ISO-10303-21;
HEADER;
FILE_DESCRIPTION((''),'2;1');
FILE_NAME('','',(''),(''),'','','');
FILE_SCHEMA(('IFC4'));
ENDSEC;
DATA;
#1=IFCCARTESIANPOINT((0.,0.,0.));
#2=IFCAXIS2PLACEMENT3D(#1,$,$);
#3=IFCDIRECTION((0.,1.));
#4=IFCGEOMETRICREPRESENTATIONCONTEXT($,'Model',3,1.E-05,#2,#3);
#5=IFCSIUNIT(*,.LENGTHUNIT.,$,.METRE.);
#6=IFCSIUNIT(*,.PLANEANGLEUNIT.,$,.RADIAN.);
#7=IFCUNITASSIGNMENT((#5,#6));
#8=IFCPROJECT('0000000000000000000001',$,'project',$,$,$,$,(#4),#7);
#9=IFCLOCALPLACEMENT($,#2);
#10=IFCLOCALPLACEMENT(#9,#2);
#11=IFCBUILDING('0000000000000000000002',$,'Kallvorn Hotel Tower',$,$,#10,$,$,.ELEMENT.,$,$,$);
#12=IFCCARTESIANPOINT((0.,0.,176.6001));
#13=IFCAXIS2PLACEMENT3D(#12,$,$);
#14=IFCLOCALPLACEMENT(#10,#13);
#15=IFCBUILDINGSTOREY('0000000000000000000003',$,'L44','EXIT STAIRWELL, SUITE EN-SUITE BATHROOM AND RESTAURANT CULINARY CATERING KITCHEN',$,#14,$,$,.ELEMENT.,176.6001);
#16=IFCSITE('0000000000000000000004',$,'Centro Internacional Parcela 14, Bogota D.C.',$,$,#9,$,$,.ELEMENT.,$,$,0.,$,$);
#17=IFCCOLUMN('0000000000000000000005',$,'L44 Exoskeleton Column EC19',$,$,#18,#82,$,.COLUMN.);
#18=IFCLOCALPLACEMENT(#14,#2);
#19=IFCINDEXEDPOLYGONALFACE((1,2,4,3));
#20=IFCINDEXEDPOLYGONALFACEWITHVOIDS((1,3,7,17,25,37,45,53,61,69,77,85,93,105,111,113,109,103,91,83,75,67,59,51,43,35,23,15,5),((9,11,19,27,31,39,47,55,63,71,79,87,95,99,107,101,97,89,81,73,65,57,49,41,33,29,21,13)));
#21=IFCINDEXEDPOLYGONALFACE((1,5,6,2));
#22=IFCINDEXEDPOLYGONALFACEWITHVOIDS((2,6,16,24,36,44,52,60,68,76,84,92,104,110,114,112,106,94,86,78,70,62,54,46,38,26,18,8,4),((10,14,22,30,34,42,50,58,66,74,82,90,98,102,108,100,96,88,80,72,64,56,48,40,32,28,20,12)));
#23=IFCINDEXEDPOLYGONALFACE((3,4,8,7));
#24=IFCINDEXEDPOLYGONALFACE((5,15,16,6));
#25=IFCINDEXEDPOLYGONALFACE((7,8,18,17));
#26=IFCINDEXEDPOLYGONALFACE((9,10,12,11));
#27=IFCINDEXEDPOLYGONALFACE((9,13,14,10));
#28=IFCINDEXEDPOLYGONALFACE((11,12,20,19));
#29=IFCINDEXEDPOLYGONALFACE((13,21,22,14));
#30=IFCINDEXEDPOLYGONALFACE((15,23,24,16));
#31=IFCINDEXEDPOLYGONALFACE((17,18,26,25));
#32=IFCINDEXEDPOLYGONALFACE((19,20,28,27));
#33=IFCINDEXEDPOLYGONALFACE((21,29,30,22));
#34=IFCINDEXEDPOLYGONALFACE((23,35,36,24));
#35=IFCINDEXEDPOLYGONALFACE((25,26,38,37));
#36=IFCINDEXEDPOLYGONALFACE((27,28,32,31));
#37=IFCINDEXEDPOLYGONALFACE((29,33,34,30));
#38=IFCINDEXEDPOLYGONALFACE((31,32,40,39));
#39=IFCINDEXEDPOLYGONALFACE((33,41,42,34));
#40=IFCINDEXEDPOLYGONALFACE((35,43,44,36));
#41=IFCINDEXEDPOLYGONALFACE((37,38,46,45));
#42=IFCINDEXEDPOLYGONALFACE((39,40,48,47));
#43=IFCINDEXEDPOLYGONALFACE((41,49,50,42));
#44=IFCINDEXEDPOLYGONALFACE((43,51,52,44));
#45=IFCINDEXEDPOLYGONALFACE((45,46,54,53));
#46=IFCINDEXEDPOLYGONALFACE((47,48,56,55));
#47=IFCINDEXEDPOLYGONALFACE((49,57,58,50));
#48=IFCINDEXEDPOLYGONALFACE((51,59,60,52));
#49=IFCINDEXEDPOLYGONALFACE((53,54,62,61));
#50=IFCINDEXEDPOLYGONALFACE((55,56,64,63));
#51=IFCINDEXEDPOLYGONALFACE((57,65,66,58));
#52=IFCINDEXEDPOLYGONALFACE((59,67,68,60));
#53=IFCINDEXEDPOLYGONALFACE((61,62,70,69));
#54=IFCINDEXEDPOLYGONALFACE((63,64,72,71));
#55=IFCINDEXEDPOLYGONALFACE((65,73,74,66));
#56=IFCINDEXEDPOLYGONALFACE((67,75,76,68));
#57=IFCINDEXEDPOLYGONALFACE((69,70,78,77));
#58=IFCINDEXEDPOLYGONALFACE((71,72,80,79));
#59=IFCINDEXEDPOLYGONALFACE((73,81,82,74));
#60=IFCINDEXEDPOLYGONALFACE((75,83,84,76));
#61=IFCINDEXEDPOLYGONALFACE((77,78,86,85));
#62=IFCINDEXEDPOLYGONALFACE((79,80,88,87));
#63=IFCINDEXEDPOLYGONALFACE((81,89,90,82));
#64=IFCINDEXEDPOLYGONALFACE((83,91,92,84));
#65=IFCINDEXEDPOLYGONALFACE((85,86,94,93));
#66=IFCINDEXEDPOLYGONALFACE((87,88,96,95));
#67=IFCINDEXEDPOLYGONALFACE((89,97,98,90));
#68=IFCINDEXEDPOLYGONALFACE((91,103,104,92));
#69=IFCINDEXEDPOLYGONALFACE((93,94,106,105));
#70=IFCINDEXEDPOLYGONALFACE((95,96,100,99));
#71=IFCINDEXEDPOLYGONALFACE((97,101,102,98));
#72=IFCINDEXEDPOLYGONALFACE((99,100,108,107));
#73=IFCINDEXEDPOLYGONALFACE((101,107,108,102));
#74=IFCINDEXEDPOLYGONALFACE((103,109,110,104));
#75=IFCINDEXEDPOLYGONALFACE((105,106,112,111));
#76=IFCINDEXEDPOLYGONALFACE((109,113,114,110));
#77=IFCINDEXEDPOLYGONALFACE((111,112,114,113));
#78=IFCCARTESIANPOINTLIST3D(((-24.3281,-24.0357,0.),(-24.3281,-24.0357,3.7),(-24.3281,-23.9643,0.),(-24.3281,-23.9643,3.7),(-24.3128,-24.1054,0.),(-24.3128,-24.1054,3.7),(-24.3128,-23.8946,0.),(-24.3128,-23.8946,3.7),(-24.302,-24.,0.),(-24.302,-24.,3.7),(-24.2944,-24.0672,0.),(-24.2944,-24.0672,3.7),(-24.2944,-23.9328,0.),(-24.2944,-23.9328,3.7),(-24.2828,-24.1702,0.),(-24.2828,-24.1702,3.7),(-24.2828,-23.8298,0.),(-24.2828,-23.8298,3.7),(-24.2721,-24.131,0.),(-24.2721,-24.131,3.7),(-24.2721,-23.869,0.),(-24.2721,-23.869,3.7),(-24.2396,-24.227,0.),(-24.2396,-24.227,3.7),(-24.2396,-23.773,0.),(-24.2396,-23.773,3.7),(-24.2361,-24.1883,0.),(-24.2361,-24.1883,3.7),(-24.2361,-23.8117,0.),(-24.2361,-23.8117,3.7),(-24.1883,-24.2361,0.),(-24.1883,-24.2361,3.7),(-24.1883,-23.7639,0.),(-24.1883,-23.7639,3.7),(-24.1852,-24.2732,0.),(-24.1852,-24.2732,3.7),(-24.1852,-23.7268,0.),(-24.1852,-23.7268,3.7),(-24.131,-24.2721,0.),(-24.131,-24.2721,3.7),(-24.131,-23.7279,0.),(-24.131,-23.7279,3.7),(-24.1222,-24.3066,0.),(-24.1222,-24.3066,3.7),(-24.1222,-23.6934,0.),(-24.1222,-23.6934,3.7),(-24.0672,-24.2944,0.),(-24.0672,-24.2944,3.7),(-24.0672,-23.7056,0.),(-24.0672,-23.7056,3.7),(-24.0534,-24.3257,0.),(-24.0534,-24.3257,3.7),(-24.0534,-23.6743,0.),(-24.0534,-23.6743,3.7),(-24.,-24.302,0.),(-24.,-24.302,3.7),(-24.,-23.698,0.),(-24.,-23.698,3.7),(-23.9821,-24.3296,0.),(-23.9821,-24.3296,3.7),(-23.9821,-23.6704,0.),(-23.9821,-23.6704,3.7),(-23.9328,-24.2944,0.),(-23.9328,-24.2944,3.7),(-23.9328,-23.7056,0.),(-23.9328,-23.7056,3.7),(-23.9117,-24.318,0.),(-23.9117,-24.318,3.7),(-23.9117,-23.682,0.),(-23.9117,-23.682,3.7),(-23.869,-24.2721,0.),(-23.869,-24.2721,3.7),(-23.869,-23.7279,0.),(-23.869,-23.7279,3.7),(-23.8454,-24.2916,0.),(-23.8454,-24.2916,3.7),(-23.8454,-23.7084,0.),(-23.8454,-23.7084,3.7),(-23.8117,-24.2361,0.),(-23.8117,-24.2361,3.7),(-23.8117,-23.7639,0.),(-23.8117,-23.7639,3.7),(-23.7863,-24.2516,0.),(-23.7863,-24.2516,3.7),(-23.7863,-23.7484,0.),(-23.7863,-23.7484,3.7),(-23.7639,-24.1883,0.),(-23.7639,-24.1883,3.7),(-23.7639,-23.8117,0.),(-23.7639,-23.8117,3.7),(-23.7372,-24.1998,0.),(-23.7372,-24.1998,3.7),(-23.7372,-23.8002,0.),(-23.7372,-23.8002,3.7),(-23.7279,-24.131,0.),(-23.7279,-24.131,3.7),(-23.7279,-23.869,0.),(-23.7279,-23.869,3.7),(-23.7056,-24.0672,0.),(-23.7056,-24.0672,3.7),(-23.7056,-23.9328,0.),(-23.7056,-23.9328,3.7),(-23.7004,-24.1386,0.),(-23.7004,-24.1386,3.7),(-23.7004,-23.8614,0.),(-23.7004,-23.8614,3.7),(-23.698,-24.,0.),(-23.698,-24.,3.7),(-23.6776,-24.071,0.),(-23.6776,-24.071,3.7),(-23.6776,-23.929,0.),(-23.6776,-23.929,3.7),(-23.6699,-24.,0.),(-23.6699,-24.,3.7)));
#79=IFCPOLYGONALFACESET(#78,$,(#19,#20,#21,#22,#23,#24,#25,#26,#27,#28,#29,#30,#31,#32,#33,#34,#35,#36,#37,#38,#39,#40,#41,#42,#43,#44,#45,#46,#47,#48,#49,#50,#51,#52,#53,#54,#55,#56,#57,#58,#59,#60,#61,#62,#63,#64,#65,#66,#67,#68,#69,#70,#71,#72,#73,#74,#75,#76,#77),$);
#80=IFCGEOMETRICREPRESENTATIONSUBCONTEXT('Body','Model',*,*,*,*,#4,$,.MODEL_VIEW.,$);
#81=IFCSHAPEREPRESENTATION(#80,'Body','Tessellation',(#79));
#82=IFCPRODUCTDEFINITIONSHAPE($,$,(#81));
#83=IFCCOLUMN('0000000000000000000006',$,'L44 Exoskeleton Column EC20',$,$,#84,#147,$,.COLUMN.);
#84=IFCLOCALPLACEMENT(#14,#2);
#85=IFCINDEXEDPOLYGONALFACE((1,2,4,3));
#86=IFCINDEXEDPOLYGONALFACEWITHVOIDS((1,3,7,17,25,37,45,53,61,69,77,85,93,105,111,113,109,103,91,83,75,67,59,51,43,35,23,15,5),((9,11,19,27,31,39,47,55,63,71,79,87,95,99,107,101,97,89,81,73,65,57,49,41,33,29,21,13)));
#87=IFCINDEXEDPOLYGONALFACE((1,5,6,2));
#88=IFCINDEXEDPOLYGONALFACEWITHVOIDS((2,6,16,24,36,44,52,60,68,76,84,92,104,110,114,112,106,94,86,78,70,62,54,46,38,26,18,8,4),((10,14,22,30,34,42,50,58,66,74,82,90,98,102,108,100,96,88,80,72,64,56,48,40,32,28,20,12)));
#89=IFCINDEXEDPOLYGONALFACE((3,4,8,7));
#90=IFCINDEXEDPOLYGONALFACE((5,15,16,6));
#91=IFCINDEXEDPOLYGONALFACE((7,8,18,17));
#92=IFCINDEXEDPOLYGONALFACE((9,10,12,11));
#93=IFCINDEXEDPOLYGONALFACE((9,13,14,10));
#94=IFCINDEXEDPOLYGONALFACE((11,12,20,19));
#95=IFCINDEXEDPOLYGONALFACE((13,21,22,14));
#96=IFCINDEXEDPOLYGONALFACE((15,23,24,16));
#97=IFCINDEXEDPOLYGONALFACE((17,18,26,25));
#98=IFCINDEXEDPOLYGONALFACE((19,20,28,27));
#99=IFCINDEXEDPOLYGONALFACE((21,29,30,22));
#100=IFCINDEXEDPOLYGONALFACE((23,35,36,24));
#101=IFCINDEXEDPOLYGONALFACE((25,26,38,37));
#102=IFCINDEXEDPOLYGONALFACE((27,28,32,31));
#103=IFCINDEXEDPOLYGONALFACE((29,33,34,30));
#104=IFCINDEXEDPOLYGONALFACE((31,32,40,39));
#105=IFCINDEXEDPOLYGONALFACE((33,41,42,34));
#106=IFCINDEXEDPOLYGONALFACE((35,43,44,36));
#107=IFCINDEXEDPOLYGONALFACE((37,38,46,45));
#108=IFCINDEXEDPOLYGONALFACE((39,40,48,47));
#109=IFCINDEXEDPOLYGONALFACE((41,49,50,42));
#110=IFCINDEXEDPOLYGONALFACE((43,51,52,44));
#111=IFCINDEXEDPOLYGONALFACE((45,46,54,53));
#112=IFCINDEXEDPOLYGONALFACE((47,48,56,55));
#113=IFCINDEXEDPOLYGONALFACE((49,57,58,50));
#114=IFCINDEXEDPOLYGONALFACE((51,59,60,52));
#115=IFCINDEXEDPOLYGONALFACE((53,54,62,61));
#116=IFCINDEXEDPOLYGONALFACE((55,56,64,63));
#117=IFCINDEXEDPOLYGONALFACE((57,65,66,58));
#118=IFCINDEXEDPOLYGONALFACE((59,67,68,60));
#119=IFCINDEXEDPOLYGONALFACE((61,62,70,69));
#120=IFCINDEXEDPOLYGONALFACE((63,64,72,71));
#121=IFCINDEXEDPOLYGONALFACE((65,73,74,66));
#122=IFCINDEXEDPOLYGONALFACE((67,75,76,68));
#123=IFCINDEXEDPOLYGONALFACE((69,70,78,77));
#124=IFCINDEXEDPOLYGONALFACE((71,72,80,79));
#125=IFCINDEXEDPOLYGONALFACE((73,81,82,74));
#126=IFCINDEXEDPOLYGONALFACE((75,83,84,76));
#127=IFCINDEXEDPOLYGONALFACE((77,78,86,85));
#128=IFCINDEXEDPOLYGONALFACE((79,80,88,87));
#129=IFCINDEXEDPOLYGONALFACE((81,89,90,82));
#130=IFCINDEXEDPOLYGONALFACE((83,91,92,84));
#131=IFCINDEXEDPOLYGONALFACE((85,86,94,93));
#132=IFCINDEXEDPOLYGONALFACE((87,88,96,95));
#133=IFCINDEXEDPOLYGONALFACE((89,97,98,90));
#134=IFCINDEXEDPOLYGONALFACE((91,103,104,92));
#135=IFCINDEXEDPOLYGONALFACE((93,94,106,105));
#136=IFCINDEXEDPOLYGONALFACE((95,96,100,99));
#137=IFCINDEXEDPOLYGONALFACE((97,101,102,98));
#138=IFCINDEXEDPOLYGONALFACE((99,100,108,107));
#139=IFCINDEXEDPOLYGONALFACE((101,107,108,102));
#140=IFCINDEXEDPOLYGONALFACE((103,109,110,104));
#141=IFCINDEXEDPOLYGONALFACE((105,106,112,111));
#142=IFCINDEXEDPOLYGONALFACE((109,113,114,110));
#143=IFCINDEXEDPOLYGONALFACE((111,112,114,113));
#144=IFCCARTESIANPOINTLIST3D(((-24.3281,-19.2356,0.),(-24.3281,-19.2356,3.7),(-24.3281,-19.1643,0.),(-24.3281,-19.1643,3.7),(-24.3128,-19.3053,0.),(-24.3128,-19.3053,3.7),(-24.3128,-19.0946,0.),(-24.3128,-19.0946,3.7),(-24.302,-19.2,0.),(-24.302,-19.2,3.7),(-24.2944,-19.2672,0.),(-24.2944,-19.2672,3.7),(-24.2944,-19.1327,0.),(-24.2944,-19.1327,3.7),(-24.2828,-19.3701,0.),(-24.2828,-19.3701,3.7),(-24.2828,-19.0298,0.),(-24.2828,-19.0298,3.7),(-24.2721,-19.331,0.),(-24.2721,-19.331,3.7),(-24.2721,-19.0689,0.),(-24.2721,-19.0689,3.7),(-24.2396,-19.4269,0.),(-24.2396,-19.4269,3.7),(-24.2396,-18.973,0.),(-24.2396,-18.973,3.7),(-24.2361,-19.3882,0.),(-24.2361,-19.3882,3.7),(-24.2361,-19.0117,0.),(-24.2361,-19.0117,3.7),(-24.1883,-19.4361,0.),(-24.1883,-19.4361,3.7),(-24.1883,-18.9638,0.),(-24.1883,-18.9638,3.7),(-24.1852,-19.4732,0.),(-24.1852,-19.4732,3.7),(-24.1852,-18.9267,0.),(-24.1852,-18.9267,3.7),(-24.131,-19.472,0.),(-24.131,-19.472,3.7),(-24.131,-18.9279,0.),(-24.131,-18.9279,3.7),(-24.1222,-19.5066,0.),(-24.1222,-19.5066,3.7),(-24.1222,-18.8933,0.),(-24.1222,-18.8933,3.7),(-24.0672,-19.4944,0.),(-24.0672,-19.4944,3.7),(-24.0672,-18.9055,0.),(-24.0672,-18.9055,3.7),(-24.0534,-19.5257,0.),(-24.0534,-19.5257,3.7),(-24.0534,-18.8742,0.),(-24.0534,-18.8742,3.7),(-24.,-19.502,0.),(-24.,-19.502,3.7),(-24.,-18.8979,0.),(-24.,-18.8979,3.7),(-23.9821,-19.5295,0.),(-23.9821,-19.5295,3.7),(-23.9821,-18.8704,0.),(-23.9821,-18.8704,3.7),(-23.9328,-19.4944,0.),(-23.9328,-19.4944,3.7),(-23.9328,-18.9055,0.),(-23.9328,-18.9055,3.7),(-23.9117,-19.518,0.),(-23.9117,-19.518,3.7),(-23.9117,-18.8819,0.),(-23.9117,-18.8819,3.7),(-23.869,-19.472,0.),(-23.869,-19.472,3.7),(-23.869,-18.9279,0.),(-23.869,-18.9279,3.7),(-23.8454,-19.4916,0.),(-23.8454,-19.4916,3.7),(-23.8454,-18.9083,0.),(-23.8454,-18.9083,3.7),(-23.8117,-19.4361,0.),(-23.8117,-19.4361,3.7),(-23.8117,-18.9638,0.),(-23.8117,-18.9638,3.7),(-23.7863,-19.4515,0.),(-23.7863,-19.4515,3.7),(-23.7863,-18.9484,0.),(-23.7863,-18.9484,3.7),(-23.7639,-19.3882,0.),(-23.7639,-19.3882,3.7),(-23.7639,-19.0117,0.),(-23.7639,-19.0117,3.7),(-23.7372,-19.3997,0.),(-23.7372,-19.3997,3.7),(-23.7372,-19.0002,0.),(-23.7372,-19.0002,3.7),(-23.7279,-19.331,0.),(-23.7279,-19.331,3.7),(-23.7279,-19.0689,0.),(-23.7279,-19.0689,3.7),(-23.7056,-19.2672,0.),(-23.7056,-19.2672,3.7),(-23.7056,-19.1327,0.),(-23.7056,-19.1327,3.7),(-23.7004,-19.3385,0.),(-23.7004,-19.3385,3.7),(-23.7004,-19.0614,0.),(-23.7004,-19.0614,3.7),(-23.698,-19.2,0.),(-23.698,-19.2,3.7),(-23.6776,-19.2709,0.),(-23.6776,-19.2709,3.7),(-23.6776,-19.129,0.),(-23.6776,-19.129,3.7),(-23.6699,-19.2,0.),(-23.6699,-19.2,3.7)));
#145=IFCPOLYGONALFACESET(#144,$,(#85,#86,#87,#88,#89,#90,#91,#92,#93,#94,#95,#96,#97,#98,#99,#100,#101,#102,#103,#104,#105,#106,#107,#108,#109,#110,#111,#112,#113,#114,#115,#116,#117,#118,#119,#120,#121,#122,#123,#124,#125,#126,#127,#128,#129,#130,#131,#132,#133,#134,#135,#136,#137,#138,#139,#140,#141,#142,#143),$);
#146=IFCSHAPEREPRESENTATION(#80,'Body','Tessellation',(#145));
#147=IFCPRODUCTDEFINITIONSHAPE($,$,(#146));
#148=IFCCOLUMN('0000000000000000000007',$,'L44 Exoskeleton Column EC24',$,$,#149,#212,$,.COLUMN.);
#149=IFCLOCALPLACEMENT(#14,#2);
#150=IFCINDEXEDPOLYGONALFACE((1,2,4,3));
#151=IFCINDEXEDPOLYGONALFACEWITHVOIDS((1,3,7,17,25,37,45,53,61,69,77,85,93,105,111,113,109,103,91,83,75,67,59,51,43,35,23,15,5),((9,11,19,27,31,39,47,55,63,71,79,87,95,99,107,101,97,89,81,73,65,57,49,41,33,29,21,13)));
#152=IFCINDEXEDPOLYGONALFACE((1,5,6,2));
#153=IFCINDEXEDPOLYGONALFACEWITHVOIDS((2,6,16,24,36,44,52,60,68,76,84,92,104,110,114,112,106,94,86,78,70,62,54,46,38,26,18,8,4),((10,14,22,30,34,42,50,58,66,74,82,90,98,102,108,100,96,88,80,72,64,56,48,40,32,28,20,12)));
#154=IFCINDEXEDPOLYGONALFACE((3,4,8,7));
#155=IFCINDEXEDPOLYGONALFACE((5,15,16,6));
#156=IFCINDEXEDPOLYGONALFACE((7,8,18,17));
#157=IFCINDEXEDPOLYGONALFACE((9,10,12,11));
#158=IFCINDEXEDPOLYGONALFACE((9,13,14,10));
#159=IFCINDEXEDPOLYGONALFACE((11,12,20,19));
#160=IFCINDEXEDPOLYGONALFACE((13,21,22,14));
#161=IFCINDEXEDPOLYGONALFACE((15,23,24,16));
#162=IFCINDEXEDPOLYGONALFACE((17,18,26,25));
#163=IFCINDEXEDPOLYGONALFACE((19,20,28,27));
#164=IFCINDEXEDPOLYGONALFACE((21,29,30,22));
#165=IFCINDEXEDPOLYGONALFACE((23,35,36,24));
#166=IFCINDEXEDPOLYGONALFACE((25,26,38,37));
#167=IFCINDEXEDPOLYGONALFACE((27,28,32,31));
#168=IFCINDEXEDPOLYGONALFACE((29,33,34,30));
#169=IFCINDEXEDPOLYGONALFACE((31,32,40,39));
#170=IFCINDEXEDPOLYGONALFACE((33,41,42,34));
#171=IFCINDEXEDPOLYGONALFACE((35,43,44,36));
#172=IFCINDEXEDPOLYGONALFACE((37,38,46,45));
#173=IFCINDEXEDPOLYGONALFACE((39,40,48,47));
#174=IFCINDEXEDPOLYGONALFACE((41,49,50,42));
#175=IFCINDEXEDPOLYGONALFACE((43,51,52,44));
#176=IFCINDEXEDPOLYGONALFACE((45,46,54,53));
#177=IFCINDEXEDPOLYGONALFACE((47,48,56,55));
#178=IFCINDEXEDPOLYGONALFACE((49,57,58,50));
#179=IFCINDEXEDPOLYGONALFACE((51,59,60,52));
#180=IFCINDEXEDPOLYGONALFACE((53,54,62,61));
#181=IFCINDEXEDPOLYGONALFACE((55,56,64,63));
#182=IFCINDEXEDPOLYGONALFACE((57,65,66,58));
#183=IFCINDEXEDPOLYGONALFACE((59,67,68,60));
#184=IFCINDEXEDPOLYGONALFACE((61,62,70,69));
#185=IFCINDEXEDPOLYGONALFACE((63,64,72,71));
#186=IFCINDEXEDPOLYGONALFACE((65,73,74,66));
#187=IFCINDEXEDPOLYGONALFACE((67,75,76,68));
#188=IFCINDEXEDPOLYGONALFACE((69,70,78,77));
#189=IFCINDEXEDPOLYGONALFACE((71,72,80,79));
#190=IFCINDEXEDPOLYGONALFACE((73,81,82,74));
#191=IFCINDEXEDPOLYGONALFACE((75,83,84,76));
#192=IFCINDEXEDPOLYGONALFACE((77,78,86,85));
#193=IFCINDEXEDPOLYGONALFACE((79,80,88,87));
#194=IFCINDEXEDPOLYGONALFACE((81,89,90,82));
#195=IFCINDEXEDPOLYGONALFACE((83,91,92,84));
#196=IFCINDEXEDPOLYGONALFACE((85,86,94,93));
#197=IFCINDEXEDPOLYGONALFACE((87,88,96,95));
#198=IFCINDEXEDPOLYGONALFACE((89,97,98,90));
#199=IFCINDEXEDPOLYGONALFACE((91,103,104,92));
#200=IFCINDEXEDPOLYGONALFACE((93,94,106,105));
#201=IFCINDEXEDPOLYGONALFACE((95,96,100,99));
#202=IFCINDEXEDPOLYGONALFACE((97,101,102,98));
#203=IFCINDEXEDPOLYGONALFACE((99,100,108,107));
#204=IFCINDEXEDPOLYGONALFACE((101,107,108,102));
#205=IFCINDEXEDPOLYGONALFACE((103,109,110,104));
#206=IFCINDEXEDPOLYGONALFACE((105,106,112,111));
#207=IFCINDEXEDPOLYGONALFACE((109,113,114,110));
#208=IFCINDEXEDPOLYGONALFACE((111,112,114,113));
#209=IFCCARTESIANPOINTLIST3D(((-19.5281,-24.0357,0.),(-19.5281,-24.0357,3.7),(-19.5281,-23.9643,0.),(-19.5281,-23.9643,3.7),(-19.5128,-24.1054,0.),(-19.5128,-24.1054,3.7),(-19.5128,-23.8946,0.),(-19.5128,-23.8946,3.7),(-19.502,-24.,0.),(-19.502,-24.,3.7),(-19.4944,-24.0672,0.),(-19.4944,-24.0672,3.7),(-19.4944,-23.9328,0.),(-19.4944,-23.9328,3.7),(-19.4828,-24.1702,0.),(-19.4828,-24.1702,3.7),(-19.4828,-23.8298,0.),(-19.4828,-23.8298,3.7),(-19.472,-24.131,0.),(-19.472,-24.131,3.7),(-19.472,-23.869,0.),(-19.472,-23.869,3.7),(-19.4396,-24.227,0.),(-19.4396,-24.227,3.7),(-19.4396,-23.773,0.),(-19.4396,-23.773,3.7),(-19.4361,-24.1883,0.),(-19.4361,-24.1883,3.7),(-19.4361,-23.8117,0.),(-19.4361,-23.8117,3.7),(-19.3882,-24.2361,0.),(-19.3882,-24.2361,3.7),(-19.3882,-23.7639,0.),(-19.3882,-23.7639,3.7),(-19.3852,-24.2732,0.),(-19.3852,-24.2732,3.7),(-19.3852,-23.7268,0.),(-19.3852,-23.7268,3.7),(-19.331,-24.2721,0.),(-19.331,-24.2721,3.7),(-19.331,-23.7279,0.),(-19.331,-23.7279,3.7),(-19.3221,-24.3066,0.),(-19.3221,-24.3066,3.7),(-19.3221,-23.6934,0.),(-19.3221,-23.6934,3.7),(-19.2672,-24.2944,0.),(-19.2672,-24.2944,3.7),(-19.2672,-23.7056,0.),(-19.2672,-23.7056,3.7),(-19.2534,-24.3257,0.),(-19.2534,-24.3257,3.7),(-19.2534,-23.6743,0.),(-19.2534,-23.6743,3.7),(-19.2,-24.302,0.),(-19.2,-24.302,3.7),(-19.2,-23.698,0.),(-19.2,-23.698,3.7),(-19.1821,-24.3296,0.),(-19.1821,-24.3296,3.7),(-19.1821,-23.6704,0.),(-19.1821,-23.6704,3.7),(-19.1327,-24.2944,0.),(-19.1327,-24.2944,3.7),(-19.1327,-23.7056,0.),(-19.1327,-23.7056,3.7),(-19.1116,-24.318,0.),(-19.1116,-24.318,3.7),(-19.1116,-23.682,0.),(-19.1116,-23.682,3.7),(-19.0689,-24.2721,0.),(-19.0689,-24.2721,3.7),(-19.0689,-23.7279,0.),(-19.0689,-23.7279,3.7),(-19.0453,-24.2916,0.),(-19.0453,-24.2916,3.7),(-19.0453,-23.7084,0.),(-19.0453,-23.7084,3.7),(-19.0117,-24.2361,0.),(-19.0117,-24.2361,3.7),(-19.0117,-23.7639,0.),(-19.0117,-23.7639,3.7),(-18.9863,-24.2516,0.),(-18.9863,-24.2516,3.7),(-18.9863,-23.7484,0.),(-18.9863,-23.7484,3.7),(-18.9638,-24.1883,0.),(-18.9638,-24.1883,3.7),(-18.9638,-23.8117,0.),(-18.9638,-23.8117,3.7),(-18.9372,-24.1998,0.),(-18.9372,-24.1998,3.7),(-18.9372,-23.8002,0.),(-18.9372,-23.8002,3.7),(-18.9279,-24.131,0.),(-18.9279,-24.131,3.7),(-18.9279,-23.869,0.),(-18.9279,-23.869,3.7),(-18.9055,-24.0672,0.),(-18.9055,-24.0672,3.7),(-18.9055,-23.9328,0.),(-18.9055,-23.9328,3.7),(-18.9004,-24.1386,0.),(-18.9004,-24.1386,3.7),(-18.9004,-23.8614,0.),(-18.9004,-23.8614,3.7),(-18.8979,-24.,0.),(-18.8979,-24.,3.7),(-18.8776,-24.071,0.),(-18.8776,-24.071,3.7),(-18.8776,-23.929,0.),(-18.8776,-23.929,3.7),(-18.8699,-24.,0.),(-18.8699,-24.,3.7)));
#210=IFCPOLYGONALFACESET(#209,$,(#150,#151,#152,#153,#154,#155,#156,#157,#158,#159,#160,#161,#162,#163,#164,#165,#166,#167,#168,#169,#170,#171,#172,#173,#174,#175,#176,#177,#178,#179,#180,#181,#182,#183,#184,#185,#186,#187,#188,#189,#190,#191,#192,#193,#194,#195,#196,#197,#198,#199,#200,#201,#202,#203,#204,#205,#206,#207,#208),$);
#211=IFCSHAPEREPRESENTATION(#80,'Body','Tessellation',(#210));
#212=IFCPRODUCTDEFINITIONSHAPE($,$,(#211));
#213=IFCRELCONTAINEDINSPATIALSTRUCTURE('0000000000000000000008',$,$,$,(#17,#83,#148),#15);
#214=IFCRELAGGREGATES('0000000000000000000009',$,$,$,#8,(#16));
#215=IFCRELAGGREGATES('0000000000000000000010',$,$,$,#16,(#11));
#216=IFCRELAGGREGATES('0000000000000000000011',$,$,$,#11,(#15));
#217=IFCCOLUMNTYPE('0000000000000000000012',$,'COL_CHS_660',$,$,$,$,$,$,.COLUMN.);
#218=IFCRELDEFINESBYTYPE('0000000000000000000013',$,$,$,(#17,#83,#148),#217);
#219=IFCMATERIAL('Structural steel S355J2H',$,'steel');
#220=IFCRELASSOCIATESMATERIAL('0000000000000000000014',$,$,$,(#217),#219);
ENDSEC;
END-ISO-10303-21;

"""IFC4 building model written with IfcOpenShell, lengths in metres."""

from ifc_helpers import new_model, si_unit, direction, frame, origin, origin_2d, place, context, subcontext, project, spatial, hollow_circle, extrude, material, material_profile, profile_set, type_object, element, save


model = new_model("IFC4")

# Units and contexts
model_context = context("Model", 3, precision=1e-05, world=origin(), true_north=direction((0.0, 1.0)))
body_context = subcontext(model_context, "Body", "Model", "MODEL_VIEW")
ifc_project = project(units=[si_unit("LENGTHUNIT", "METRE"), si_unit("PLANEANGLEUNIT", "RADIAN")], contexts=[model_context])

# Site, building, storey
site_placement = place(None, origin())
site = spatial("IfcSite", under=ifc_project, at=site_placement, Name="Centro Internacional Parcela 14, Bogota D.C.", CompositionType="ELEMENT", RefElevation=0.0)
building_placement = place(site_placement, origin())
building = spatial("IfcBuilding", under=site, at=building_placement, Name="Kallvorn Hotel Tower", CompositionType="ELEMENT")
storey_placement = place(building_placement, frame((0.0, 0.0, 176.6001)))
storey = spatial("IfcBuildingStorey", under=building, at=storey_placement, Name="L44", Description="EXIT STAIRWELL, SUITE EN-SUITE BATHROOM AND RESTAURANT CULINARY CATERING KITCHEN", CompositionType="ELEMENT", Elevation=176.6001)

# Columns
ifc_material_1 = material(Name="Structural steel S355J2H", Category="steel")
ifc_material_profile_1 = material_profile(ifc_material_1, hollow_circle(Radius=0.3301, WallThickness=0.0281, at=origin_2d()), Name="CHS 660x28")
ifc_profile_set_1 = profile_set([ifc_material_profile_1], Name="Structural steel S355J2H")
column_type = type_object("IfcColumnType", Name="COL_CHS_660", PredefinedType="COLUMN", material=ifc_profile_set_1)
for number, where, z_axis, x_axis, name in (
    (1, (-24.0, -24.0, 0.0), (0.0, 0.0, 1.0), (1.0, 0.0, 0.0), "L44 Exoskeleton Column EC19"),
    (2, (-24.0, -19.2, 0.0), (0.0, 0.0, 1.0), (1.0, 0.0, 0.0), "L44 Exoskeleton Column EC20"),
    (3, (-19.2, -24.0, 0.0), (0.0, 0.0, 1.0), (1.0, 0.0, 0.0), "L44 Exoskeleton Column EC24"),
):
    element("IfcColumn", number, at=place(storey_placement, frame(where, z_axis=z_axis, x_axis=x_axis)), inside=storey, type_object=column_type, Name=name, PredefinedType="COLUMN", context=body_context, shape_type="SweptSolid", body=[
        extrude(hollow_circle(Radius=0.3301, WallThickness=0.0281, at=origin_2d()), origin(), (0.0, 0.0, 1.0), 3.7),
    ])

save(model, "model.ifc")
